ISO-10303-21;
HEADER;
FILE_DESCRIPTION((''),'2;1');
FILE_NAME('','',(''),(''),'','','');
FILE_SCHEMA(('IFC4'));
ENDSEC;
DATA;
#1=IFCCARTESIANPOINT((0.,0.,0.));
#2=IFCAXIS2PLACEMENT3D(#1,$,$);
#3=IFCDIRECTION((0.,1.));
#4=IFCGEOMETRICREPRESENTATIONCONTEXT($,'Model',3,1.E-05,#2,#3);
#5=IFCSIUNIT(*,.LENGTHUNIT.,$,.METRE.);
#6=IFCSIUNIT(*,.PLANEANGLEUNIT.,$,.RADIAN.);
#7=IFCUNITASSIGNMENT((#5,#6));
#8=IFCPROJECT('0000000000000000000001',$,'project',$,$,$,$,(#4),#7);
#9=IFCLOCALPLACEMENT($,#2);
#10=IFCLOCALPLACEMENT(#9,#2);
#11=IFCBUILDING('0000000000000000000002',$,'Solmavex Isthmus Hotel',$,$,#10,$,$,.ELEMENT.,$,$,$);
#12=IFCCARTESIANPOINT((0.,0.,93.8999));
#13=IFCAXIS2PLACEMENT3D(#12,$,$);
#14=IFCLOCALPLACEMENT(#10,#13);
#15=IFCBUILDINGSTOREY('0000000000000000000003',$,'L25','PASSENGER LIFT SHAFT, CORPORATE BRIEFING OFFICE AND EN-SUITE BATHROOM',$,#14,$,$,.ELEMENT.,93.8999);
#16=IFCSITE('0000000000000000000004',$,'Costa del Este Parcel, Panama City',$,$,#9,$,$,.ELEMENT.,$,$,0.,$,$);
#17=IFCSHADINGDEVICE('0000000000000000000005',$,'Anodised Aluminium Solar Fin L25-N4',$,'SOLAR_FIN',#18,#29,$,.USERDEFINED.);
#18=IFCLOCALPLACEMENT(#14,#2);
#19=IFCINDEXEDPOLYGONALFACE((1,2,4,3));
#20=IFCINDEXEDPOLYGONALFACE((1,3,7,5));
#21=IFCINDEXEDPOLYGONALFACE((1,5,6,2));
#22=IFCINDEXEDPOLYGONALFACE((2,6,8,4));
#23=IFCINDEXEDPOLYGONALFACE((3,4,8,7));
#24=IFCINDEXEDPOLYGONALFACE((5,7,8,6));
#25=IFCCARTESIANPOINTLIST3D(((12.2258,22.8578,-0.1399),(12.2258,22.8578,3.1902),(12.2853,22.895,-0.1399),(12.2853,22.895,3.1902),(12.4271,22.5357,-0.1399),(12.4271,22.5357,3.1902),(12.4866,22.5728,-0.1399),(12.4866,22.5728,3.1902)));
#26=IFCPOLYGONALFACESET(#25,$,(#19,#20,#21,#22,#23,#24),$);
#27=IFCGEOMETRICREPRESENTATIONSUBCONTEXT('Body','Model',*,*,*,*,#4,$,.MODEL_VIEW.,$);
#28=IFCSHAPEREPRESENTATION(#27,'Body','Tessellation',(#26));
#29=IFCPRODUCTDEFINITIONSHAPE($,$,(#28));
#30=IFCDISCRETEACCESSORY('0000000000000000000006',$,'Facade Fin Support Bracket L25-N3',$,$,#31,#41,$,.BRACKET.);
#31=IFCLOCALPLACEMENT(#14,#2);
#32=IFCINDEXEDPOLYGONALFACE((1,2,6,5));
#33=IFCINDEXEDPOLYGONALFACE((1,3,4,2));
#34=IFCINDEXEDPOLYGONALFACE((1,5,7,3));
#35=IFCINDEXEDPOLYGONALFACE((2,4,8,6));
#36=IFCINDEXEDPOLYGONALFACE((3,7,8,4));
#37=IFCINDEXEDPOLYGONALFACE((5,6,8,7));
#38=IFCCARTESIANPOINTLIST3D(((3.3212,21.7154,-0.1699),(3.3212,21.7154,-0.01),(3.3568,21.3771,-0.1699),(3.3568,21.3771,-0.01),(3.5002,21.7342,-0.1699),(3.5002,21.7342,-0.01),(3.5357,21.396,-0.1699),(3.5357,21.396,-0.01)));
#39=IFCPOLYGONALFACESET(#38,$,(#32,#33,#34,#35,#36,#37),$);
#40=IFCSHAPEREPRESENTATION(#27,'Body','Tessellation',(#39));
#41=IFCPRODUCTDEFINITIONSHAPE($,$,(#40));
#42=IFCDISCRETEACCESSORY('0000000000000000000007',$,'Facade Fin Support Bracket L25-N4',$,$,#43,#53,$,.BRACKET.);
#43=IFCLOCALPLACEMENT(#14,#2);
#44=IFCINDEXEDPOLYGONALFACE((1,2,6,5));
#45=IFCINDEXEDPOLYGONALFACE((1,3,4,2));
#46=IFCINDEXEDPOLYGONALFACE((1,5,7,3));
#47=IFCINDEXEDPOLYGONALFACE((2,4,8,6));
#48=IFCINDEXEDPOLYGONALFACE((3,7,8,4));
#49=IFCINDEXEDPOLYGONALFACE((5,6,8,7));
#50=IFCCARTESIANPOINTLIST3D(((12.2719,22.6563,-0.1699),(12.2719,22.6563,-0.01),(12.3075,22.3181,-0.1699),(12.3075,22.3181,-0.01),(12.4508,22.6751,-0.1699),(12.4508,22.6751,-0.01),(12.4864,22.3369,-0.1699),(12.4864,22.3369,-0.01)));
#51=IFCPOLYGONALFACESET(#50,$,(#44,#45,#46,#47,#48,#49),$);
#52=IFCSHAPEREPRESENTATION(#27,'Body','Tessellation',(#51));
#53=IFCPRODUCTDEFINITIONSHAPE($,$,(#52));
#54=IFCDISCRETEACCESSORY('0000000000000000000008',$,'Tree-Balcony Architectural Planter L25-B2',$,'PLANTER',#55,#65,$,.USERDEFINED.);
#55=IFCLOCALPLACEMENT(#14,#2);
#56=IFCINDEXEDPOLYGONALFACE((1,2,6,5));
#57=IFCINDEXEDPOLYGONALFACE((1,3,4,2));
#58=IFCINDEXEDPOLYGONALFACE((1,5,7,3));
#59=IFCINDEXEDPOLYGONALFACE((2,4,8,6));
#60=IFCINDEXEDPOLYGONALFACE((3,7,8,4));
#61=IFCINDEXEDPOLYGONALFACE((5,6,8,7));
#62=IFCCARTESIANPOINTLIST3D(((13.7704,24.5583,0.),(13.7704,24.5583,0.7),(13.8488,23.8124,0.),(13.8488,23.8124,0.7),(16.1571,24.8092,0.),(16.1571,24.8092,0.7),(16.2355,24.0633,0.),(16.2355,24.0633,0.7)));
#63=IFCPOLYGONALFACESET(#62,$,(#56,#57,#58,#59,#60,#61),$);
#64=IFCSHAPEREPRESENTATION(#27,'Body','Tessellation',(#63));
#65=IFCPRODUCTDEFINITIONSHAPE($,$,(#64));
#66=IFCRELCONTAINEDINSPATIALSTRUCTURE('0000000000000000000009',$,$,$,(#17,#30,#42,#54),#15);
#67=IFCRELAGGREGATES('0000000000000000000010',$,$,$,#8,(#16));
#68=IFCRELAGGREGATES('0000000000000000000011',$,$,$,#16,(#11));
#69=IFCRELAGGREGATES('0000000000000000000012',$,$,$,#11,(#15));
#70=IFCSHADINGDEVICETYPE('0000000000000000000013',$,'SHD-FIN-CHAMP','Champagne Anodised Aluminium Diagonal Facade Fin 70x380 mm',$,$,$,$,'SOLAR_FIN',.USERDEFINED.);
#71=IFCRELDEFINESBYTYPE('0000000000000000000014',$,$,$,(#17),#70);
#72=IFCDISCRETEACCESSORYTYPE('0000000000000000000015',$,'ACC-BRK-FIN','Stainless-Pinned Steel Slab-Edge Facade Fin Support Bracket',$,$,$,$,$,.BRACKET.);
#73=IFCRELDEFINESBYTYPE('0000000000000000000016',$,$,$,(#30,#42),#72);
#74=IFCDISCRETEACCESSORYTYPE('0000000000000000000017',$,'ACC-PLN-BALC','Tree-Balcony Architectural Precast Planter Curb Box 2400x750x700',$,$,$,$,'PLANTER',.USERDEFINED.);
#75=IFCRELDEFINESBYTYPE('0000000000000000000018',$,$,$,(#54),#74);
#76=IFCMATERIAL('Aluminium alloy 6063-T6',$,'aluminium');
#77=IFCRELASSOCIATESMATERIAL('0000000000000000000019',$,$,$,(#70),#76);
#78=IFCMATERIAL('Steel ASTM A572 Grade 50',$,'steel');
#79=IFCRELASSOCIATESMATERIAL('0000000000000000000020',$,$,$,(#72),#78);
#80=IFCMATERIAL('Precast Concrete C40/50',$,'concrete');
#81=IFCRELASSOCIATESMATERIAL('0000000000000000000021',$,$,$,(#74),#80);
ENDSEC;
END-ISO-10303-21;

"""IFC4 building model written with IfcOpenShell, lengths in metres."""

from ifc_helpers import new_model, si_unit, direction, frame, origin, origin_2d, place, context, subcontext, project, spatial, rectangle, extrude, material, type_object, element, save


model = new_model("IFC4")

# Units and contexts
model_context = context("Model", 3, precision=1e-05, world=origin(), true_north=direction((0.0, 1.0)))
body_context = subcontext(model_context, "Body", "Model", "MODEL_VIEW")
ifc_project = project(units=[si_unit("LENGTHUNIT", "METRE"), si_unit("PLANEANGLEUNIT", "RADIAN")], contexts=[model_context])

# Site, building, storey
site_placement = place(None, origin())
site = spatial("IfcSite", under=ifc_project, at=site_placement, Name="Costa del Este Parcel, Panama City", CompositionType="ELEMENT", RefElevation=0.0)
building_placement = place(site_placement, origin())
building = spatial("IfcBuilding", under=site, at=building_placement, Name="Solmavex Isthmus Hotel", CompositionType="ELEMENT")
storey_placement = place(building_placement, frame((0.0, 0.0, 93.8999)))
storey = spatial("IfcBuildingStorey", under=building, at=storey_placement, Name="L25", Description="PASSENGER LIFT SHAFT, CORPORATE BRIEFING OFFICE AND EN-SUITE BATHROOM", CompositionType="ELEMENT", Elevation=93.8999)

# Shared definitions
ifc_material_1 = material(Name="Aluminium alloy 6063-T6", Category="aluminium")

# Shared definitions
ifc_material_2 = material(Name="Precast Concrete C40/50", Category="concrete")

# Shading device
shading_device_type = type_object("IfcShadingDeviceType", Name="SHD-FIN-CHAMP", Description="Champagne Anodised Aluminium Diagonal Facade Fin 70x380 mm", ElementType="SOLAR_FIN", PredefinedType="USERDEFINED", material=ifc_material_1)
for number, where, z_axis, x_axis, name in (
    (1, (12.3562, 22.7153, -0.1399), (0.0, 0.0, 1.0), (-0.529919, 0.848048, 0.0), "Anodised Aluminium Solar Fin L25-N4"),
):
    element("IfcShadingDevice", number, at=place(storey_placement, frame(where, z_axis=z_axis, x_axis=x_axis)), inside=storey, type_object=shading_device_type, Name=name, ObjectType="SOLAR_FIN", PredefinedType="USERDEFINED", context=body_context, shape_type="SweptSolid", body=[
        extrude(rectangle(XDim=0.3799, YDim=0.0701, at=origin_2d()), origin(), (0.0, 0.0, 1.0), 3.3301),
    ])

# Discrete accessories
ifc_material_3 = material(Name="Steel ASTM A572 Grade 50", Category="steel")
discrete_accessory_type_1 = type_object("IfcDiscreteAccessoryType", Name="ACC-BRK-FIN", Description="Stainless-Pinned Steel Slab-Edge Facade Fin Support Bracket", PredefinedType="BRACKET", material=ifc_material_3)
for number, where, z_axis, x_axis, name in (
    (2, (3.4285, 21.5557, -0.1699), (0.0, 0.0, 1.0), (-0.104528, 0.994522, 0.0), "Facade Fin Support Bracket L25-N3"),
    (3, (12.3792, 22.4966, -0.1699), (0.0, 0.0, 1.0), (-0.104528, 0.994522, 0.0), "Facade Fin Support Bracket L25-N4"),
):
    element("IfcDiscreteAccessory", number, at=place(storey_placement, frame(where, z_axis=z_axis, x_axis=x_axis)), inside=storey, type_object=discrete_accessory_type_1, Name=name, PredefinedType="BRACKET", context=body_context, shape_type="SweptSolid", body=[
        extrude(rectangle(XDim=0.3401, YDim=0.1799, at=origin_2d()), origin(), (0.0, 0.0, 1.0), 0.1599),
    ])
discrete_accessory_type_2 = type_object("IfcDiscreteAccessoryType", Name="ACC-PLN-BALC", Description="Tree-Balcony Architectural Precast Planter Curb Box 2400x750x700", ElementType="PLANTER", PredefinedType="USERDEFINED", material=ifc_material_2)
discrete_accessory_placement = place(storey_placement, frame((15.0029, 24.3108, 0.0), z_axis=(0.0, 0.0, 1.0), x_axis=(0.994522, 0.104528, 0.0)))
element("IfcDiscreteAccessory", 4, at=discrete_accessory_placement, inside=storey, type_object=discrete_accessory_type_2, Name="Tree-Balcony Architectural Planter L25-B2", ObjectType="PLANTER", PredefinedType="USERDEFINED", context=body_context, shape_type="SweptSolid", body=[
    extrude(rectangle(XDim=2.3999, YDim=0.75, at=origin_2d()), origin(), (0.0, 0.0, 1.0), 0.7),
])

save(model, "model.ifc")
